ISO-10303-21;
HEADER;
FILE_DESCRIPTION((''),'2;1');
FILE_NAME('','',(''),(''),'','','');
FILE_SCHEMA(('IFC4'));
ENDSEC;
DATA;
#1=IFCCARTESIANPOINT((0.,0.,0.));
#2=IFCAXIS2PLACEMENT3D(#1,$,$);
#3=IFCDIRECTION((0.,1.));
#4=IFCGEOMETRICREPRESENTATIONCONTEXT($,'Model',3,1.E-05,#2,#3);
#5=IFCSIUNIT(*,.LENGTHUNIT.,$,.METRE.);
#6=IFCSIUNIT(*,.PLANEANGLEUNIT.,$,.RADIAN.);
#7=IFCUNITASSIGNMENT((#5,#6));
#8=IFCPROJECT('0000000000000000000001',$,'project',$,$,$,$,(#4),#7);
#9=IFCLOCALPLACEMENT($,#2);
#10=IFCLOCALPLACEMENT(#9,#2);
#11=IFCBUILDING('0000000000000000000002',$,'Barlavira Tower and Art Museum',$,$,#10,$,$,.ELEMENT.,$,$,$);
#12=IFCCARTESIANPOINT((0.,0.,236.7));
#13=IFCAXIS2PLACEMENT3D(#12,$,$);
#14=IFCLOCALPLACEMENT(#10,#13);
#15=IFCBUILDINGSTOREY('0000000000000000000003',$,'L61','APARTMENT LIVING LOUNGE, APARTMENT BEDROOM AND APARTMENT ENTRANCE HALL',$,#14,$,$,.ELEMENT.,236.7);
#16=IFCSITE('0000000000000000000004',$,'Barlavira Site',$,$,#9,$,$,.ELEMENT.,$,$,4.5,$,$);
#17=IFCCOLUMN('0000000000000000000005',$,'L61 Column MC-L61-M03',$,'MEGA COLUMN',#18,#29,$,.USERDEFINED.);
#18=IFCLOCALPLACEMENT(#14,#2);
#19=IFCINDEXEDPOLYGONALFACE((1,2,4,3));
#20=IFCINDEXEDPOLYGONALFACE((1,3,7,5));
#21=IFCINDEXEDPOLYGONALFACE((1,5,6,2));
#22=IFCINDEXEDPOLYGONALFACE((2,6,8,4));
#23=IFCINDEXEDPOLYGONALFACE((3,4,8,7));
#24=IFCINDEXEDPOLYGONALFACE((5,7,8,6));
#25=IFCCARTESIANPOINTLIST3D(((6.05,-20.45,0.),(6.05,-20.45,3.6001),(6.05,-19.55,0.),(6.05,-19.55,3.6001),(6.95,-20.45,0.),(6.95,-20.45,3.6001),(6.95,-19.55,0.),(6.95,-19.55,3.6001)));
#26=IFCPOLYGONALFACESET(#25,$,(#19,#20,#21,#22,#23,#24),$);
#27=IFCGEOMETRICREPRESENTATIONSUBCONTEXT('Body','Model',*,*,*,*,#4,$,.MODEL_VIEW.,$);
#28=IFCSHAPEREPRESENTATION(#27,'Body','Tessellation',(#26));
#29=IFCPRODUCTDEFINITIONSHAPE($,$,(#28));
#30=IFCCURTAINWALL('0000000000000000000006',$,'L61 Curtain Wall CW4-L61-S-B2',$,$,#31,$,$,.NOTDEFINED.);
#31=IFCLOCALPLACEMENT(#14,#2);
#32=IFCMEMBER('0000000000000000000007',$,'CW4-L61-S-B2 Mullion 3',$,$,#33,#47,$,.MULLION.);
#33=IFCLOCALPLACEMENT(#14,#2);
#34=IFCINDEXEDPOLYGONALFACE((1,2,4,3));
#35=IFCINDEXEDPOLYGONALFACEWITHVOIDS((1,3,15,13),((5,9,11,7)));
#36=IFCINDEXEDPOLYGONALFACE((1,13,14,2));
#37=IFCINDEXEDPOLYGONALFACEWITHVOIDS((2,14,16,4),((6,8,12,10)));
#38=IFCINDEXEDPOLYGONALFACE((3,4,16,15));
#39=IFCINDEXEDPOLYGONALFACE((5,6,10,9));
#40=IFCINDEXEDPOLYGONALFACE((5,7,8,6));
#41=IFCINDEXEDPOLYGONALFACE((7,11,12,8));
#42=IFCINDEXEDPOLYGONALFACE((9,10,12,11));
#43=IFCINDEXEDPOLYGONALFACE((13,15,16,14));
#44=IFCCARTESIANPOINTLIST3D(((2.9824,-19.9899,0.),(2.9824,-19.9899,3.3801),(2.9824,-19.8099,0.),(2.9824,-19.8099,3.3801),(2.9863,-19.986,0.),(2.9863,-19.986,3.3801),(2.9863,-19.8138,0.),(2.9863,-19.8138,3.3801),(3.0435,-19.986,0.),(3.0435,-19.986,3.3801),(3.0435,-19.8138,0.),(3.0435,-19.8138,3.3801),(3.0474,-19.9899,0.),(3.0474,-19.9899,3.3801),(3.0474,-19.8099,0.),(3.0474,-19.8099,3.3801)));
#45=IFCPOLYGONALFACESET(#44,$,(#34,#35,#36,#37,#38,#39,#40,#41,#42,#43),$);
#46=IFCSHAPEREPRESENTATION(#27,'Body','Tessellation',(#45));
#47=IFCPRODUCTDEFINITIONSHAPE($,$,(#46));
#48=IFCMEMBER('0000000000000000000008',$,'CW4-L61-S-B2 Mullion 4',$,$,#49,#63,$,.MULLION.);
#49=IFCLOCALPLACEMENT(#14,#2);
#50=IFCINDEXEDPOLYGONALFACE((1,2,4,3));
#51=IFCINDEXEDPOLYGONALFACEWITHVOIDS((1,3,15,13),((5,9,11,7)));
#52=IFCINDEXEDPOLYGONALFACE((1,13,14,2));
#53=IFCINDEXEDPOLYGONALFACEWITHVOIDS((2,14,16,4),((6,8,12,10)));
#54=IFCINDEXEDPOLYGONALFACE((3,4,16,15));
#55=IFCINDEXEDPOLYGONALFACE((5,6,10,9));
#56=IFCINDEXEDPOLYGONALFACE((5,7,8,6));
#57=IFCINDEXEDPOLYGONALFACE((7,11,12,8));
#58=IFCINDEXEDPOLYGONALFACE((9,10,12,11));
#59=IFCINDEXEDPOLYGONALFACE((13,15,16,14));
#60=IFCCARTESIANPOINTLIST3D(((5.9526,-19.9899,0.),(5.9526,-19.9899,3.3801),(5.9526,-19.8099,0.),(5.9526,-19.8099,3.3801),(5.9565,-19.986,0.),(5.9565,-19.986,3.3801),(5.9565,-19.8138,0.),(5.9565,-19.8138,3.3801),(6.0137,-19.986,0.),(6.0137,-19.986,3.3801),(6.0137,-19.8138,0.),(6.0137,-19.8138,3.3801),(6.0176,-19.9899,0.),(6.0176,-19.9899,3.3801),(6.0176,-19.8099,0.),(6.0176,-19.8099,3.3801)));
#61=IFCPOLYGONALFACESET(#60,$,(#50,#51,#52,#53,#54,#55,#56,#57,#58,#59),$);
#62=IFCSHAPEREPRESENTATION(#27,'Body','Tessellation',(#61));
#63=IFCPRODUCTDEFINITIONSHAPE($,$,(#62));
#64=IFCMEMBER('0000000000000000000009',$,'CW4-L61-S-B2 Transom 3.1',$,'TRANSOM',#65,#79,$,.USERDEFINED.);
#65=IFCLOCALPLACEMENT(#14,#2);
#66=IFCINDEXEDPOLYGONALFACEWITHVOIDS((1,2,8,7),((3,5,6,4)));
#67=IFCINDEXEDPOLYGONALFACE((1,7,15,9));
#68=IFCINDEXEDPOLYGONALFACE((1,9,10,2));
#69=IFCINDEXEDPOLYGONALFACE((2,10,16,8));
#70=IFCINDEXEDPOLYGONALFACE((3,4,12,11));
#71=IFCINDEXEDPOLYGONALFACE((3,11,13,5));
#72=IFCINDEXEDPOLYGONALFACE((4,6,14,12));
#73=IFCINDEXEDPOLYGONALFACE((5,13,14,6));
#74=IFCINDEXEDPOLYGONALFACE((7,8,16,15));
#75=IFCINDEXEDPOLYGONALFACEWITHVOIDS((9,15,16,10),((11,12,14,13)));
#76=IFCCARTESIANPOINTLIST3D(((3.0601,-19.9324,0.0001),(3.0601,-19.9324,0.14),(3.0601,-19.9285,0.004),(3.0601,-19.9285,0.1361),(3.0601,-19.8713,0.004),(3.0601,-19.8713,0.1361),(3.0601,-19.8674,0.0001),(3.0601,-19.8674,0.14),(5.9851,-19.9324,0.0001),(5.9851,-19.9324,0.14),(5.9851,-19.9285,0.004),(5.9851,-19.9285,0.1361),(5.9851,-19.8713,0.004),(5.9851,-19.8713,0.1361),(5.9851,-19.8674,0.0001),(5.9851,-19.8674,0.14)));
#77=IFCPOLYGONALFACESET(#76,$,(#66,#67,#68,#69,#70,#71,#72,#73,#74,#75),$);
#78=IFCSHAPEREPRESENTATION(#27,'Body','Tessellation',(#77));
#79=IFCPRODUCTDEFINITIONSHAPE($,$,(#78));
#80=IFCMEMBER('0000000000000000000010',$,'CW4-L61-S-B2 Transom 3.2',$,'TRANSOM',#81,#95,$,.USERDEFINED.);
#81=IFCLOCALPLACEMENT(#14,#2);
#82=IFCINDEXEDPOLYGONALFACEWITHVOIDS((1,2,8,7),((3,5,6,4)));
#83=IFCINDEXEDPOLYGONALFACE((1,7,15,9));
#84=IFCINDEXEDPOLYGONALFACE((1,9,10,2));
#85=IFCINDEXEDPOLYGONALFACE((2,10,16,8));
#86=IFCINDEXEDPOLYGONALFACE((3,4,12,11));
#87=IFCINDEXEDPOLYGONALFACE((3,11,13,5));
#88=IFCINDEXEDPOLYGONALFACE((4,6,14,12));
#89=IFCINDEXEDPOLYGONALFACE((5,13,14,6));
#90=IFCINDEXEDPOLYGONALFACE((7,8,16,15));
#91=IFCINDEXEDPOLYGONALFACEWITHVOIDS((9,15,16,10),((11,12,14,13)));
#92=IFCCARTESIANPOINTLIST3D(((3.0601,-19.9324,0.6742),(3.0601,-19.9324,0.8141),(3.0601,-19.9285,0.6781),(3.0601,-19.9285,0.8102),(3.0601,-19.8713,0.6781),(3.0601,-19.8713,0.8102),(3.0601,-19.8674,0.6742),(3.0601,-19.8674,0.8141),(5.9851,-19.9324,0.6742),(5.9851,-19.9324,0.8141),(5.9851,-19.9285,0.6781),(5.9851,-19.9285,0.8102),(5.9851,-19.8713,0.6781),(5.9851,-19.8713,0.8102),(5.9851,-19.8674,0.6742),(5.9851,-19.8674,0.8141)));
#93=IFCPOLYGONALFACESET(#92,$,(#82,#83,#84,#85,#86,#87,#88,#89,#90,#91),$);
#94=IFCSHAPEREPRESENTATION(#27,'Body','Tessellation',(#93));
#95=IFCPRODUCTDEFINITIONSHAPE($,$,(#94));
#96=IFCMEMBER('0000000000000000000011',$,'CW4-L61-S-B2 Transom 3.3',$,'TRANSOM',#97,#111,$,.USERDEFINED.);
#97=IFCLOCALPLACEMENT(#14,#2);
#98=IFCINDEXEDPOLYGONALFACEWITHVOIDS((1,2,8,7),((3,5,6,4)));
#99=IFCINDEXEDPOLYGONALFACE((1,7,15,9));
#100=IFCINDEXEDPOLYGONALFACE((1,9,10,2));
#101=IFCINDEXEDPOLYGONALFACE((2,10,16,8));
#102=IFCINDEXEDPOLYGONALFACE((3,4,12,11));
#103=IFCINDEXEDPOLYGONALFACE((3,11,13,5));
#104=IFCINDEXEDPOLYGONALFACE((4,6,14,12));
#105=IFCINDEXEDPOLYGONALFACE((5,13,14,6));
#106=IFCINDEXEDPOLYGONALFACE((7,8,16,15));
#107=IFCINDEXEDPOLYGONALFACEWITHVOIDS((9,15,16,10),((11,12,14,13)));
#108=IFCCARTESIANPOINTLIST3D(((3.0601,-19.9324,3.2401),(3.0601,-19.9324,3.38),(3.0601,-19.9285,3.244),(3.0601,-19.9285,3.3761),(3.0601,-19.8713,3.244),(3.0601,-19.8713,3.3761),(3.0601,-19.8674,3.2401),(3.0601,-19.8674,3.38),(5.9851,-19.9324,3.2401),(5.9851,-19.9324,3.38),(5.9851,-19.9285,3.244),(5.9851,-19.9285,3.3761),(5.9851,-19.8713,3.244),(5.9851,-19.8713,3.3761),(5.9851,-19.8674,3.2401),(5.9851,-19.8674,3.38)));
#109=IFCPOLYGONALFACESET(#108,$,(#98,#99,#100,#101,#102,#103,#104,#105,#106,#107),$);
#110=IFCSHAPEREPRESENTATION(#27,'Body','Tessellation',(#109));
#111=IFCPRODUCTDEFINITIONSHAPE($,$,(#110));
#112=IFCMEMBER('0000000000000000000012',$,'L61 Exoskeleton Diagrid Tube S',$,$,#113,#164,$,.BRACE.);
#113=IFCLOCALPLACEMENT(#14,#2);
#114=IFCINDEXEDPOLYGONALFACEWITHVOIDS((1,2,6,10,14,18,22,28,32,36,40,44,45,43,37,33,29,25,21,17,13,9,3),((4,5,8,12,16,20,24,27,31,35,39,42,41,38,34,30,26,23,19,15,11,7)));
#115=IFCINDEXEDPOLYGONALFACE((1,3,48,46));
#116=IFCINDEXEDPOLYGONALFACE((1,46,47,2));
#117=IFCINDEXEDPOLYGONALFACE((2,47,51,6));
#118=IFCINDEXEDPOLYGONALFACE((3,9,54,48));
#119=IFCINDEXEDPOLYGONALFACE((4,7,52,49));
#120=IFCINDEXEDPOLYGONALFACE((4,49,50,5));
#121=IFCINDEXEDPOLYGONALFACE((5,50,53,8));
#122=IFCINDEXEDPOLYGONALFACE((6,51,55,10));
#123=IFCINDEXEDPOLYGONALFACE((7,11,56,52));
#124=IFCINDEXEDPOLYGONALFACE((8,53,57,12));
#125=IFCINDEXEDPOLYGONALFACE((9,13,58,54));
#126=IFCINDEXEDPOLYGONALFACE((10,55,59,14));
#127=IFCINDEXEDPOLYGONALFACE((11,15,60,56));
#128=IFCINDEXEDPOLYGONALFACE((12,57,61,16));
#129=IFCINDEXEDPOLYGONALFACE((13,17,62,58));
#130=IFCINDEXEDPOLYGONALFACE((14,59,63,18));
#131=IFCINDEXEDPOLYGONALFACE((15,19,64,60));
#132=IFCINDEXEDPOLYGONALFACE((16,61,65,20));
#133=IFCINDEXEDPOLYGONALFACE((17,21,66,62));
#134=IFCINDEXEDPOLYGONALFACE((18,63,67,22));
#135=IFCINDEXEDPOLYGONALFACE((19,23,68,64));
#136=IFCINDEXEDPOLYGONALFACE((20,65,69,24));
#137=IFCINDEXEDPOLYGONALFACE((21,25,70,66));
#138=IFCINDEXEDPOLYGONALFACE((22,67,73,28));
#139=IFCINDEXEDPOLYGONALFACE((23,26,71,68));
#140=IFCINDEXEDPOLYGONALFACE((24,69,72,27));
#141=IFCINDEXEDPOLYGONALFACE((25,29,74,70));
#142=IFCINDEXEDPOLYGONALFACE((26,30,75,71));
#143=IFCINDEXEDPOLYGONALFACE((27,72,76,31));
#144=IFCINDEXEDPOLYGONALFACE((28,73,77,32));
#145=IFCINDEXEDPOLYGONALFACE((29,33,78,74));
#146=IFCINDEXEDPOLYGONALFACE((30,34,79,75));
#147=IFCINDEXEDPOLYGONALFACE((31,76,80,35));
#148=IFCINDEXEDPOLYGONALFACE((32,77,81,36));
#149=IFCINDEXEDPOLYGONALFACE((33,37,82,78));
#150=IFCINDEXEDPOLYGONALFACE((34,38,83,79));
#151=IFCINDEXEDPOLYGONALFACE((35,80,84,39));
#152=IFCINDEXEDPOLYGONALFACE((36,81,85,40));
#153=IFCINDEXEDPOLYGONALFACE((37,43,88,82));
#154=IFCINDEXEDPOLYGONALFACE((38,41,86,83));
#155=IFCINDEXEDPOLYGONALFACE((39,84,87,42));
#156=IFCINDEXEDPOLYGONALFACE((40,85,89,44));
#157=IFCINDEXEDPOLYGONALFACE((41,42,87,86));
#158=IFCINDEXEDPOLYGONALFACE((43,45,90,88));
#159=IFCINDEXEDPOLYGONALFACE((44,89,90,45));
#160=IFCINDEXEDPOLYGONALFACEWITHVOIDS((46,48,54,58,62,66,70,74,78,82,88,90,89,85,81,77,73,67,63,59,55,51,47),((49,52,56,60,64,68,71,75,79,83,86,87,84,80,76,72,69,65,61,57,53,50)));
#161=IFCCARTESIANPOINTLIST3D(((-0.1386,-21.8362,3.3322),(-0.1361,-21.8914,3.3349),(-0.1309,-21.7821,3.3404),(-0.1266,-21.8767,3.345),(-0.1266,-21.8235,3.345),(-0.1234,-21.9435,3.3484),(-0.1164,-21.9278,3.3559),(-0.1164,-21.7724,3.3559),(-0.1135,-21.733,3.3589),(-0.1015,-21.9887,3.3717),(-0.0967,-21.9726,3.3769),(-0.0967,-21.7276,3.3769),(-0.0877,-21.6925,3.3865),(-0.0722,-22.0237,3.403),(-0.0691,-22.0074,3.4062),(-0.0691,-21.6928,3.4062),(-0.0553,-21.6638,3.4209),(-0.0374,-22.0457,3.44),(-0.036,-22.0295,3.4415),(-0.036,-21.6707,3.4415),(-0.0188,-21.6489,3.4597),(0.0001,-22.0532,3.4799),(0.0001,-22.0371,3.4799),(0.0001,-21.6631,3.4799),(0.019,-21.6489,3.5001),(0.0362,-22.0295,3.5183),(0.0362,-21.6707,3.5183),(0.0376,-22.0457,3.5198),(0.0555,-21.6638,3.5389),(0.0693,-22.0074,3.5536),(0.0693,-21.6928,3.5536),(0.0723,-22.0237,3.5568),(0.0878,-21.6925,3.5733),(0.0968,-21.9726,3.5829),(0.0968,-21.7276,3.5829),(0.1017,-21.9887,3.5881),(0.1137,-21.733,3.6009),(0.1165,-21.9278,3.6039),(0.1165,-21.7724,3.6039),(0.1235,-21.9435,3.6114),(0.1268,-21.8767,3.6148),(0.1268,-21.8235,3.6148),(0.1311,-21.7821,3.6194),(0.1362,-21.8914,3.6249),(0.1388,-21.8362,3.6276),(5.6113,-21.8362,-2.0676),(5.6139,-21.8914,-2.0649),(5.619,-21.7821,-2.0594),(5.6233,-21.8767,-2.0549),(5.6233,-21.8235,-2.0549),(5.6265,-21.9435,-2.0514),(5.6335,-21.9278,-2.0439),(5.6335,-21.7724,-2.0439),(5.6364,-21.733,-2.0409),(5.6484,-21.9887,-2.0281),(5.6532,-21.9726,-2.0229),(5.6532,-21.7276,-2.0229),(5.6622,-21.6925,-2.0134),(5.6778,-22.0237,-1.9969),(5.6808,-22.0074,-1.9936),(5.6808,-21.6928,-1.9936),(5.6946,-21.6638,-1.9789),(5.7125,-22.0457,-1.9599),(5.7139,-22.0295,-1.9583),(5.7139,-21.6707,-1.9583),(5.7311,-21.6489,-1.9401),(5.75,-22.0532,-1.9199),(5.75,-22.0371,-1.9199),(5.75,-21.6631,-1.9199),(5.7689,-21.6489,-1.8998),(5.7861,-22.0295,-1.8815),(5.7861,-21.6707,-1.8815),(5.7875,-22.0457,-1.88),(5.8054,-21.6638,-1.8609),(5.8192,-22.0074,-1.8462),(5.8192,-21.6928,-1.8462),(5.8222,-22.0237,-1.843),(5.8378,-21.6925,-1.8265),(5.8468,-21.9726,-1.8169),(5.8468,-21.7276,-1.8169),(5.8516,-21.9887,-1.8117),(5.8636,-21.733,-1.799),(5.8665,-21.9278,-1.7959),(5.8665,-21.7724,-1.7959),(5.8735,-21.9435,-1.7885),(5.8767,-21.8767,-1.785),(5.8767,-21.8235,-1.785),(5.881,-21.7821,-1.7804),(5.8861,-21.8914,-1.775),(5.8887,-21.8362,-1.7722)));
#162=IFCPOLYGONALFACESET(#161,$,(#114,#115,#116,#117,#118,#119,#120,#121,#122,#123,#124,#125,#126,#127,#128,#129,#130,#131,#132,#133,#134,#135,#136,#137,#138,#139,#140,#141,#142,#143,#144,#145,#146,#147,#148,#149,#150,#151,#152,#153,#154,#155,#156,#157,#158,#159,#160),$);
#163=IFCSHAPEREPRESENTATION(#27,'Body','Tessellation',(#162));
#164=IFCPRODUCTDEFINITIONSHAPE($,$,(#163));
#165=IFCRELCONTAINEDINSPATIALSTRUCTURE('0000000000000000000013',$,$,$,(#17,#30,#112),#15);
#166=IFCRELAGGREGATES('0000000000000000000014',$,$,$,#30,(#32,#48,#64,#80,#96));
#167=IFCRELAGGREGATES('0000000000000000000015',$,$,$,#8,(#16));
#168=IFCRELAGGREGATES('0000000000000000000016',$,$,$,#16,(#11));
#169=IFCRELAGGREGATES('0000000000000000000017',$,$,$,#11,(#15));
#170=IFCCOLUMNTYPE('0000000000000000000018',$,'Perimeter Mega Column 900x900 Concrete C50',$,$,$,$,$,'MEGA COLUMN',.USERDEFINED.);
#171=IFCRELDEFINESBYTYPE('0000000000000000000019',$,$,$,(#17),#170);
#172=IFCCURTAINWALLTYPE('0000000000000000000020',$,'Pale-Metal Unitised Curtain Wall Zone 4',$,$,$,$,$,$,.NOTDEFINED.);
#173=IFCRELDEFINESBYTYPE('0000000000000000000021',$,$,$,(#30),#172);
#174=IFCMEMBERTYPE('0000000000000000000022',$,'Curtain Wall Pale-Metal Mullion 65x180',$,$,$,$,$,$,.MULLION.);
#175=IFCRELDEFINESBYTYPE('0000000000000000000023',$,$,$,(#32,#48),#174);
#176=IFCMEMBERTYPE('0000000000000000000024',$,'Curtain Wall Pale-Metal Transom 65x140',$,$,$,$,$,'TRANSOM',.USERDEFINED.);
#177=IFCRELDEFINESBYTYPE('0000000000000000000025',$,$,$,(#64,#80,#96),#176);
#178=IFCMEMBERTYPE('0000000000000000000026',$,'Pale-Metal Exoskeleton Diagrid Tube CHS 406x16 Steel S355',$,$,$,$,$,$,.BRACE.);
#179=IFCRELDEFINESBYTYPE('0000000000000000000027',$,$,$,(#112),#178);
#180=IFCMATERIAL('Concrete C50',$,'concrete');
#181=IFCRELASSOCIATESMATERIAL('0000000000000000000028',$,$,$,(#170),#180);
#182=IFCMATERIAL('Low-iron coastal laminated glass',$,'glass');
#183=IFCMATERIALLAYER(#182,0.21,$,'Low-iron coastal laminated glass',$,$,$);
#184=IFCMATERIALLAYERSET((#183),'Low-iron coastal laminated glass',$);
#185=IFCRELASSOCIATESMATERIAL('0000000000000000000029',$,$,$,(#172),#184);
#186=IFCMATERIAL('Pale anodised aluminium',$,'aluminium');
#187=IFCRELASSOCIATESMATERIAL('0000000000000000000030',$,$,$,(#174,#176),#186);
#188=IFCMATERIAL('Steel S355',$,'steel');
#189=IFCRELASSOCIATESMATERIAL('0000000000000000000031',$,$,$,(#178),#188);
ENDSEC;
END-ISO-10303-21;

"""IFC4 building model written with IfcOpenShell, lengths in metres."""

from ifc_helpers import new_model, si_unit, direction, frame, origin, origin_2d, place, context, subcontext, project, spatial, rectangle, hollow_rectangle, hollow_circle, extrude, material, layer, layer_set, material_profile, profile_set, type_object, element, aggregate, save


model = new_model("IFC4")

# Units and contexts
model_context = context("Model", 3, precision=1e-05, world=origin(), true_north=direction((0.0, 1.0)))
body_context = subcontext(model_context, "Body", "Model", "MODEL_VIEW")
ifc_project = project(units=[si_unit("LENGTHUNIT", "METRE"), si_unit("PLANEANGLEUNIT", "RADIAN")], contexts=[model_context])

# Site, building, storey
site_placement = place(None, origin())
site = spatial("IfcSite", under=ifc_project, at=site_placement, Name="Barlavira Site", CompositionType="ELEMENT", RefElevation=4.5)
building_placement = place(site_placement, origin())
building = spatial("IfcBuilding", under=site, at=building_placement, Name="Barlavira Tower and Art Museum", CompositionType="ELEMENT")
storey_placement = place(building_placement, frame((0.0, 0.0, 236.7)))
storey = spatial("IfcBuildingStorey", under=building, at=storey_placement, Name="L61", Description="APARTMENT LIVING LOUNGE, APARTMENT BEDROOM AND APARTMENT ENTRANCE HALL", CompositionType="ELEMENT", Elevation=236.7)

# Column
ifc_material_1 = material(Name="Concrete C50", Category="concrete")
ifc_material_profile_1 = material_profile(ifc_material_1, rectangle(XDim=0.8999, YDim=0.8999, at=origin_2d()), Name="RC-COL 900x900")
ifc_profile_set_1 = profile_set([ifc_material_profile_1], Name="Concrete C50")
column_type = type_object("IfcColumnType", Name="Perimeter Mega Column 900x900 Concrete C50", ElementType="MEGA COLUMN", PredefinedType="USERDEFINED", material=ifc_profile_set_1)
column_placement = place(storey_placement, frame((6.5, -20.0, 0.0), z_axis=(0.0, 0.0, 1.0), x_axis=(1.0, 0.0, 0.0)))
element("IfcColumn", 1, at=column_placement, inside=storey, type_object=column_type, Name="L61 Column MC-L61-M03", ObjectType="MEGA COLUMN", PredefinedType="USERDEFINED", context=body_context, shape_type="SweptSolid", body=[
    extrude(rectangle(XDim=0.8999, YDim=0.8999, at=origin_2d()), origin(), (0.0, 0.0, 1.0), 3.6001),
])

# Curtain wall, members
ifc_material_2 = material(Name="Low-iron coastal laminated glass", Category="glass")
ifc_layer_1 = layer(ifc_material_2, 0.21, Name="Low-iron coastal laminated glass")
ifc_layer_set_1 = layer_set([ifc_layer_1], Name="Low-iron coastal laminated glass")
curtain_wall_type = type_object("IfcCurtainWallType", Name="Pale-Metal Unitised Curtain Wall Zone 4", PredefinedType="NOTDEFINED", material=ifc_layer_set_1)
curtain_wall_placement = place(storey_placement, origin())
curtain_wall = element("IfcCurtainWall", 2, at=curtain_wall_placement, inside=storey, type_object=curtain_wall_type, Name="L61 Curtain Wall CW4-L61-S-B2", PredefinedType="NOTDEFINED")
ifc_material_3 = material(Name="Pale anodised aluminium", Category="aluminium")
ifc_material_profile_2 = material_profile(ifc_material_3, hollow_rectangle(XDim=0.0649, YDim=0.1799, WallThickness=0.0039, at=origin_2d()), Name="ALU-MULL 65x180x4")
ifc_profile_set_2 = profile_set([ifc_material_profile_2], Name="Pale anodised aluminium")
member_type_1 = type_object("IfcMemberType", Name="Curtain Wall Pale-Metal Mullion 65x180", PredefinedType="MULLION", material=ifc_profile_set_2)
member_1_placement = place(storey_placement, frame((3.0149, -19.8999, 0.0), z_axis=(0.0, 0.0, 1.0), x_axis=(1.0, 0.0, 0.0)))
member_1 = element("IfcMember", 3, at=member_1_placement, type_object=member_type_1, Name="CW4-L61-S-B2 Mullion 3", PredefinedType="MULLION", context=body_context, shape_type="SweptSolid", body=[
    extrude(hollow_rectangle(XDim=0.0649, YDim=0.1799, WallThickness=0.0039, at=origin_2d()), origin(), (0.0, 0.0, 1.0), 3.3801),
])
member_2_placement = place(storey_placement, frame((5.9851, -19.8999, 0.0), z_axis=(0.0, 0.0, 1.0), x_axis=(1.0, 0.0, 0.0)))
member_2 = element("IfcMember", 4, at=member_2_placement, type_object=member_type_1, Name="CW4-L61-S-B2 Mullion 4", PredefinedType="MULLION", context=body_context, shape_type="SweptSolid", body=[
    extrude(hollow_rectangle(XDim=0.0649, YDim=0.1799, WallThickness=0.0039, at=origin_2d()), origin(), (0.0, 0.0, 1.0), 3.3801),
])
ifc_material_profile_3 = material_profile(ifc_material_3, hollow_rectangle(XDim=0.0649, YDim=0.1399, WallThickness=0.0039, at=origin_2d()), Name="ALU-TRAN 65x140x4")
ifc_profile_set_3 = profile_set([ifc_material_profile_3], Name="Pale anodised aluminium")
member_type_2 = type_object("IfcMemberType", Name="Curtain Wall Pale-Metal Transom 65x140", ElementType="TRANSOM", PredefinedType="USERDEFINED", material=ifc_profile_set_3)
member_3_placement = place(storey_placement, frame((3.0601, -19.8999, 0.0701), z_axis=(1.0, 0.0, 0.0), x_axis=(0.0, 1.0, 0.0)))
member_3 = element("IfcMember", 5, at=member_3_placement, type_object=member_type_2, Name="CW4-L61-S-B2 Transom 3.1", ObjectType="TRANSOM", PredefinedType="USERDEFINED", context=body_context, shape_type="SweptSolid", body=[
    extrude(hollow_rectangle(XDim=0.0649, YDim=0.1399, WallThickness=0.0039, at=origin_2d()), origin(), (0.0, 0.0, 1.0), 2.925),
])
member_4_placement = place(storey_placement, frame((3.0601, -19.8999, 0.7441), z_axis=(1.0, 0.0, 0.0), x_axis=(0.0, 1.0, 0.0)))
member_4 = element("IfcMember", 6, at=member_4_placement, type_object=member_type_2, Name="CW4-L61-S-B2 Transom 3.2", ObjectType="TRANSOM", PredefinedType="USERDEFINED", context=body_context, shape_type="SweptSolid", body=[
    extrude(hollow_rectangle(XDim=0.0649, YDim=0.1399, WallThickness=0.0039, at=origin_2d()), origin(), (0.0, 0.0, 1.0), 2.925),
])
member_5_placement = place(storey_placement, frame((3.0601, -19.8999, 3.3101), z_axis=(1.0, 0.0, 0.0), x_axis=(0.0, 1.0, 0.0)))
member_5 = element("IfcMember", 7, at=member_5_placement, type_object=member_type_2, Name="CW4-L61-S-B2 Transom 3.3", ObjectType="TRANSOM", PredefinedType="USERDEFINED", context=body_context, shape_type="SweptSolid", body=[
    extrude(hollow_rectangle(XDim=0.0649, YDim=0.1399, WallThickness=0.0039, at=origin_2d()), origin(), (0.0, 0.0, 1.0), 2.925),
])

# Member
ifc_material_4 = material(Name="Steel S355", Category="steel")
ifc_material_profile_4 = material_profile(ifc_material_4, hollow_circle(Radius=0.2031, WallThickness=0.0161, at=origin_2d()), Name="CHS 406.4x16.0")
ifc_profile_set_4 = profile_set([ifc_material_profile_4], Name="Steel S355")
member_type_3 = type_object("IfcMemberType", Name="Pale-Metal Exoskeleton Diagrid Tube CHS 406x16 Steel S355", PredefinedType="BRACE", material=ifc_profile_set_4)
for number, where, z_axis, x_axis, name in (
    (8, (5.75, -21.8501, -1.9199), (-0.72895, 0.0, 0.684567), (0.0, -1.0, 0.0), "L61 Exoskeleton Diagrid Tube S"),
):
    element("IfcMember", number, at=place(storey_placement, frame(where, z_axis=z_axis, x_axis=x_axis)), inside=storey, type_object=member_type_3, Name=name, PredefinedType="BRACE", context=body_context, shape_type="SweptSolid", body=[
        extrude(hollow_circle(Radius=0.2031, WallThickness=0.0161, at=origin_2d()), origin(), (0.0, 0.0, 1.0), 7.8879),
    ])

aggregate(curtain_wall, [member_1, member_2, member_3, member_4, member_5])

save(model, "model.ifc")
